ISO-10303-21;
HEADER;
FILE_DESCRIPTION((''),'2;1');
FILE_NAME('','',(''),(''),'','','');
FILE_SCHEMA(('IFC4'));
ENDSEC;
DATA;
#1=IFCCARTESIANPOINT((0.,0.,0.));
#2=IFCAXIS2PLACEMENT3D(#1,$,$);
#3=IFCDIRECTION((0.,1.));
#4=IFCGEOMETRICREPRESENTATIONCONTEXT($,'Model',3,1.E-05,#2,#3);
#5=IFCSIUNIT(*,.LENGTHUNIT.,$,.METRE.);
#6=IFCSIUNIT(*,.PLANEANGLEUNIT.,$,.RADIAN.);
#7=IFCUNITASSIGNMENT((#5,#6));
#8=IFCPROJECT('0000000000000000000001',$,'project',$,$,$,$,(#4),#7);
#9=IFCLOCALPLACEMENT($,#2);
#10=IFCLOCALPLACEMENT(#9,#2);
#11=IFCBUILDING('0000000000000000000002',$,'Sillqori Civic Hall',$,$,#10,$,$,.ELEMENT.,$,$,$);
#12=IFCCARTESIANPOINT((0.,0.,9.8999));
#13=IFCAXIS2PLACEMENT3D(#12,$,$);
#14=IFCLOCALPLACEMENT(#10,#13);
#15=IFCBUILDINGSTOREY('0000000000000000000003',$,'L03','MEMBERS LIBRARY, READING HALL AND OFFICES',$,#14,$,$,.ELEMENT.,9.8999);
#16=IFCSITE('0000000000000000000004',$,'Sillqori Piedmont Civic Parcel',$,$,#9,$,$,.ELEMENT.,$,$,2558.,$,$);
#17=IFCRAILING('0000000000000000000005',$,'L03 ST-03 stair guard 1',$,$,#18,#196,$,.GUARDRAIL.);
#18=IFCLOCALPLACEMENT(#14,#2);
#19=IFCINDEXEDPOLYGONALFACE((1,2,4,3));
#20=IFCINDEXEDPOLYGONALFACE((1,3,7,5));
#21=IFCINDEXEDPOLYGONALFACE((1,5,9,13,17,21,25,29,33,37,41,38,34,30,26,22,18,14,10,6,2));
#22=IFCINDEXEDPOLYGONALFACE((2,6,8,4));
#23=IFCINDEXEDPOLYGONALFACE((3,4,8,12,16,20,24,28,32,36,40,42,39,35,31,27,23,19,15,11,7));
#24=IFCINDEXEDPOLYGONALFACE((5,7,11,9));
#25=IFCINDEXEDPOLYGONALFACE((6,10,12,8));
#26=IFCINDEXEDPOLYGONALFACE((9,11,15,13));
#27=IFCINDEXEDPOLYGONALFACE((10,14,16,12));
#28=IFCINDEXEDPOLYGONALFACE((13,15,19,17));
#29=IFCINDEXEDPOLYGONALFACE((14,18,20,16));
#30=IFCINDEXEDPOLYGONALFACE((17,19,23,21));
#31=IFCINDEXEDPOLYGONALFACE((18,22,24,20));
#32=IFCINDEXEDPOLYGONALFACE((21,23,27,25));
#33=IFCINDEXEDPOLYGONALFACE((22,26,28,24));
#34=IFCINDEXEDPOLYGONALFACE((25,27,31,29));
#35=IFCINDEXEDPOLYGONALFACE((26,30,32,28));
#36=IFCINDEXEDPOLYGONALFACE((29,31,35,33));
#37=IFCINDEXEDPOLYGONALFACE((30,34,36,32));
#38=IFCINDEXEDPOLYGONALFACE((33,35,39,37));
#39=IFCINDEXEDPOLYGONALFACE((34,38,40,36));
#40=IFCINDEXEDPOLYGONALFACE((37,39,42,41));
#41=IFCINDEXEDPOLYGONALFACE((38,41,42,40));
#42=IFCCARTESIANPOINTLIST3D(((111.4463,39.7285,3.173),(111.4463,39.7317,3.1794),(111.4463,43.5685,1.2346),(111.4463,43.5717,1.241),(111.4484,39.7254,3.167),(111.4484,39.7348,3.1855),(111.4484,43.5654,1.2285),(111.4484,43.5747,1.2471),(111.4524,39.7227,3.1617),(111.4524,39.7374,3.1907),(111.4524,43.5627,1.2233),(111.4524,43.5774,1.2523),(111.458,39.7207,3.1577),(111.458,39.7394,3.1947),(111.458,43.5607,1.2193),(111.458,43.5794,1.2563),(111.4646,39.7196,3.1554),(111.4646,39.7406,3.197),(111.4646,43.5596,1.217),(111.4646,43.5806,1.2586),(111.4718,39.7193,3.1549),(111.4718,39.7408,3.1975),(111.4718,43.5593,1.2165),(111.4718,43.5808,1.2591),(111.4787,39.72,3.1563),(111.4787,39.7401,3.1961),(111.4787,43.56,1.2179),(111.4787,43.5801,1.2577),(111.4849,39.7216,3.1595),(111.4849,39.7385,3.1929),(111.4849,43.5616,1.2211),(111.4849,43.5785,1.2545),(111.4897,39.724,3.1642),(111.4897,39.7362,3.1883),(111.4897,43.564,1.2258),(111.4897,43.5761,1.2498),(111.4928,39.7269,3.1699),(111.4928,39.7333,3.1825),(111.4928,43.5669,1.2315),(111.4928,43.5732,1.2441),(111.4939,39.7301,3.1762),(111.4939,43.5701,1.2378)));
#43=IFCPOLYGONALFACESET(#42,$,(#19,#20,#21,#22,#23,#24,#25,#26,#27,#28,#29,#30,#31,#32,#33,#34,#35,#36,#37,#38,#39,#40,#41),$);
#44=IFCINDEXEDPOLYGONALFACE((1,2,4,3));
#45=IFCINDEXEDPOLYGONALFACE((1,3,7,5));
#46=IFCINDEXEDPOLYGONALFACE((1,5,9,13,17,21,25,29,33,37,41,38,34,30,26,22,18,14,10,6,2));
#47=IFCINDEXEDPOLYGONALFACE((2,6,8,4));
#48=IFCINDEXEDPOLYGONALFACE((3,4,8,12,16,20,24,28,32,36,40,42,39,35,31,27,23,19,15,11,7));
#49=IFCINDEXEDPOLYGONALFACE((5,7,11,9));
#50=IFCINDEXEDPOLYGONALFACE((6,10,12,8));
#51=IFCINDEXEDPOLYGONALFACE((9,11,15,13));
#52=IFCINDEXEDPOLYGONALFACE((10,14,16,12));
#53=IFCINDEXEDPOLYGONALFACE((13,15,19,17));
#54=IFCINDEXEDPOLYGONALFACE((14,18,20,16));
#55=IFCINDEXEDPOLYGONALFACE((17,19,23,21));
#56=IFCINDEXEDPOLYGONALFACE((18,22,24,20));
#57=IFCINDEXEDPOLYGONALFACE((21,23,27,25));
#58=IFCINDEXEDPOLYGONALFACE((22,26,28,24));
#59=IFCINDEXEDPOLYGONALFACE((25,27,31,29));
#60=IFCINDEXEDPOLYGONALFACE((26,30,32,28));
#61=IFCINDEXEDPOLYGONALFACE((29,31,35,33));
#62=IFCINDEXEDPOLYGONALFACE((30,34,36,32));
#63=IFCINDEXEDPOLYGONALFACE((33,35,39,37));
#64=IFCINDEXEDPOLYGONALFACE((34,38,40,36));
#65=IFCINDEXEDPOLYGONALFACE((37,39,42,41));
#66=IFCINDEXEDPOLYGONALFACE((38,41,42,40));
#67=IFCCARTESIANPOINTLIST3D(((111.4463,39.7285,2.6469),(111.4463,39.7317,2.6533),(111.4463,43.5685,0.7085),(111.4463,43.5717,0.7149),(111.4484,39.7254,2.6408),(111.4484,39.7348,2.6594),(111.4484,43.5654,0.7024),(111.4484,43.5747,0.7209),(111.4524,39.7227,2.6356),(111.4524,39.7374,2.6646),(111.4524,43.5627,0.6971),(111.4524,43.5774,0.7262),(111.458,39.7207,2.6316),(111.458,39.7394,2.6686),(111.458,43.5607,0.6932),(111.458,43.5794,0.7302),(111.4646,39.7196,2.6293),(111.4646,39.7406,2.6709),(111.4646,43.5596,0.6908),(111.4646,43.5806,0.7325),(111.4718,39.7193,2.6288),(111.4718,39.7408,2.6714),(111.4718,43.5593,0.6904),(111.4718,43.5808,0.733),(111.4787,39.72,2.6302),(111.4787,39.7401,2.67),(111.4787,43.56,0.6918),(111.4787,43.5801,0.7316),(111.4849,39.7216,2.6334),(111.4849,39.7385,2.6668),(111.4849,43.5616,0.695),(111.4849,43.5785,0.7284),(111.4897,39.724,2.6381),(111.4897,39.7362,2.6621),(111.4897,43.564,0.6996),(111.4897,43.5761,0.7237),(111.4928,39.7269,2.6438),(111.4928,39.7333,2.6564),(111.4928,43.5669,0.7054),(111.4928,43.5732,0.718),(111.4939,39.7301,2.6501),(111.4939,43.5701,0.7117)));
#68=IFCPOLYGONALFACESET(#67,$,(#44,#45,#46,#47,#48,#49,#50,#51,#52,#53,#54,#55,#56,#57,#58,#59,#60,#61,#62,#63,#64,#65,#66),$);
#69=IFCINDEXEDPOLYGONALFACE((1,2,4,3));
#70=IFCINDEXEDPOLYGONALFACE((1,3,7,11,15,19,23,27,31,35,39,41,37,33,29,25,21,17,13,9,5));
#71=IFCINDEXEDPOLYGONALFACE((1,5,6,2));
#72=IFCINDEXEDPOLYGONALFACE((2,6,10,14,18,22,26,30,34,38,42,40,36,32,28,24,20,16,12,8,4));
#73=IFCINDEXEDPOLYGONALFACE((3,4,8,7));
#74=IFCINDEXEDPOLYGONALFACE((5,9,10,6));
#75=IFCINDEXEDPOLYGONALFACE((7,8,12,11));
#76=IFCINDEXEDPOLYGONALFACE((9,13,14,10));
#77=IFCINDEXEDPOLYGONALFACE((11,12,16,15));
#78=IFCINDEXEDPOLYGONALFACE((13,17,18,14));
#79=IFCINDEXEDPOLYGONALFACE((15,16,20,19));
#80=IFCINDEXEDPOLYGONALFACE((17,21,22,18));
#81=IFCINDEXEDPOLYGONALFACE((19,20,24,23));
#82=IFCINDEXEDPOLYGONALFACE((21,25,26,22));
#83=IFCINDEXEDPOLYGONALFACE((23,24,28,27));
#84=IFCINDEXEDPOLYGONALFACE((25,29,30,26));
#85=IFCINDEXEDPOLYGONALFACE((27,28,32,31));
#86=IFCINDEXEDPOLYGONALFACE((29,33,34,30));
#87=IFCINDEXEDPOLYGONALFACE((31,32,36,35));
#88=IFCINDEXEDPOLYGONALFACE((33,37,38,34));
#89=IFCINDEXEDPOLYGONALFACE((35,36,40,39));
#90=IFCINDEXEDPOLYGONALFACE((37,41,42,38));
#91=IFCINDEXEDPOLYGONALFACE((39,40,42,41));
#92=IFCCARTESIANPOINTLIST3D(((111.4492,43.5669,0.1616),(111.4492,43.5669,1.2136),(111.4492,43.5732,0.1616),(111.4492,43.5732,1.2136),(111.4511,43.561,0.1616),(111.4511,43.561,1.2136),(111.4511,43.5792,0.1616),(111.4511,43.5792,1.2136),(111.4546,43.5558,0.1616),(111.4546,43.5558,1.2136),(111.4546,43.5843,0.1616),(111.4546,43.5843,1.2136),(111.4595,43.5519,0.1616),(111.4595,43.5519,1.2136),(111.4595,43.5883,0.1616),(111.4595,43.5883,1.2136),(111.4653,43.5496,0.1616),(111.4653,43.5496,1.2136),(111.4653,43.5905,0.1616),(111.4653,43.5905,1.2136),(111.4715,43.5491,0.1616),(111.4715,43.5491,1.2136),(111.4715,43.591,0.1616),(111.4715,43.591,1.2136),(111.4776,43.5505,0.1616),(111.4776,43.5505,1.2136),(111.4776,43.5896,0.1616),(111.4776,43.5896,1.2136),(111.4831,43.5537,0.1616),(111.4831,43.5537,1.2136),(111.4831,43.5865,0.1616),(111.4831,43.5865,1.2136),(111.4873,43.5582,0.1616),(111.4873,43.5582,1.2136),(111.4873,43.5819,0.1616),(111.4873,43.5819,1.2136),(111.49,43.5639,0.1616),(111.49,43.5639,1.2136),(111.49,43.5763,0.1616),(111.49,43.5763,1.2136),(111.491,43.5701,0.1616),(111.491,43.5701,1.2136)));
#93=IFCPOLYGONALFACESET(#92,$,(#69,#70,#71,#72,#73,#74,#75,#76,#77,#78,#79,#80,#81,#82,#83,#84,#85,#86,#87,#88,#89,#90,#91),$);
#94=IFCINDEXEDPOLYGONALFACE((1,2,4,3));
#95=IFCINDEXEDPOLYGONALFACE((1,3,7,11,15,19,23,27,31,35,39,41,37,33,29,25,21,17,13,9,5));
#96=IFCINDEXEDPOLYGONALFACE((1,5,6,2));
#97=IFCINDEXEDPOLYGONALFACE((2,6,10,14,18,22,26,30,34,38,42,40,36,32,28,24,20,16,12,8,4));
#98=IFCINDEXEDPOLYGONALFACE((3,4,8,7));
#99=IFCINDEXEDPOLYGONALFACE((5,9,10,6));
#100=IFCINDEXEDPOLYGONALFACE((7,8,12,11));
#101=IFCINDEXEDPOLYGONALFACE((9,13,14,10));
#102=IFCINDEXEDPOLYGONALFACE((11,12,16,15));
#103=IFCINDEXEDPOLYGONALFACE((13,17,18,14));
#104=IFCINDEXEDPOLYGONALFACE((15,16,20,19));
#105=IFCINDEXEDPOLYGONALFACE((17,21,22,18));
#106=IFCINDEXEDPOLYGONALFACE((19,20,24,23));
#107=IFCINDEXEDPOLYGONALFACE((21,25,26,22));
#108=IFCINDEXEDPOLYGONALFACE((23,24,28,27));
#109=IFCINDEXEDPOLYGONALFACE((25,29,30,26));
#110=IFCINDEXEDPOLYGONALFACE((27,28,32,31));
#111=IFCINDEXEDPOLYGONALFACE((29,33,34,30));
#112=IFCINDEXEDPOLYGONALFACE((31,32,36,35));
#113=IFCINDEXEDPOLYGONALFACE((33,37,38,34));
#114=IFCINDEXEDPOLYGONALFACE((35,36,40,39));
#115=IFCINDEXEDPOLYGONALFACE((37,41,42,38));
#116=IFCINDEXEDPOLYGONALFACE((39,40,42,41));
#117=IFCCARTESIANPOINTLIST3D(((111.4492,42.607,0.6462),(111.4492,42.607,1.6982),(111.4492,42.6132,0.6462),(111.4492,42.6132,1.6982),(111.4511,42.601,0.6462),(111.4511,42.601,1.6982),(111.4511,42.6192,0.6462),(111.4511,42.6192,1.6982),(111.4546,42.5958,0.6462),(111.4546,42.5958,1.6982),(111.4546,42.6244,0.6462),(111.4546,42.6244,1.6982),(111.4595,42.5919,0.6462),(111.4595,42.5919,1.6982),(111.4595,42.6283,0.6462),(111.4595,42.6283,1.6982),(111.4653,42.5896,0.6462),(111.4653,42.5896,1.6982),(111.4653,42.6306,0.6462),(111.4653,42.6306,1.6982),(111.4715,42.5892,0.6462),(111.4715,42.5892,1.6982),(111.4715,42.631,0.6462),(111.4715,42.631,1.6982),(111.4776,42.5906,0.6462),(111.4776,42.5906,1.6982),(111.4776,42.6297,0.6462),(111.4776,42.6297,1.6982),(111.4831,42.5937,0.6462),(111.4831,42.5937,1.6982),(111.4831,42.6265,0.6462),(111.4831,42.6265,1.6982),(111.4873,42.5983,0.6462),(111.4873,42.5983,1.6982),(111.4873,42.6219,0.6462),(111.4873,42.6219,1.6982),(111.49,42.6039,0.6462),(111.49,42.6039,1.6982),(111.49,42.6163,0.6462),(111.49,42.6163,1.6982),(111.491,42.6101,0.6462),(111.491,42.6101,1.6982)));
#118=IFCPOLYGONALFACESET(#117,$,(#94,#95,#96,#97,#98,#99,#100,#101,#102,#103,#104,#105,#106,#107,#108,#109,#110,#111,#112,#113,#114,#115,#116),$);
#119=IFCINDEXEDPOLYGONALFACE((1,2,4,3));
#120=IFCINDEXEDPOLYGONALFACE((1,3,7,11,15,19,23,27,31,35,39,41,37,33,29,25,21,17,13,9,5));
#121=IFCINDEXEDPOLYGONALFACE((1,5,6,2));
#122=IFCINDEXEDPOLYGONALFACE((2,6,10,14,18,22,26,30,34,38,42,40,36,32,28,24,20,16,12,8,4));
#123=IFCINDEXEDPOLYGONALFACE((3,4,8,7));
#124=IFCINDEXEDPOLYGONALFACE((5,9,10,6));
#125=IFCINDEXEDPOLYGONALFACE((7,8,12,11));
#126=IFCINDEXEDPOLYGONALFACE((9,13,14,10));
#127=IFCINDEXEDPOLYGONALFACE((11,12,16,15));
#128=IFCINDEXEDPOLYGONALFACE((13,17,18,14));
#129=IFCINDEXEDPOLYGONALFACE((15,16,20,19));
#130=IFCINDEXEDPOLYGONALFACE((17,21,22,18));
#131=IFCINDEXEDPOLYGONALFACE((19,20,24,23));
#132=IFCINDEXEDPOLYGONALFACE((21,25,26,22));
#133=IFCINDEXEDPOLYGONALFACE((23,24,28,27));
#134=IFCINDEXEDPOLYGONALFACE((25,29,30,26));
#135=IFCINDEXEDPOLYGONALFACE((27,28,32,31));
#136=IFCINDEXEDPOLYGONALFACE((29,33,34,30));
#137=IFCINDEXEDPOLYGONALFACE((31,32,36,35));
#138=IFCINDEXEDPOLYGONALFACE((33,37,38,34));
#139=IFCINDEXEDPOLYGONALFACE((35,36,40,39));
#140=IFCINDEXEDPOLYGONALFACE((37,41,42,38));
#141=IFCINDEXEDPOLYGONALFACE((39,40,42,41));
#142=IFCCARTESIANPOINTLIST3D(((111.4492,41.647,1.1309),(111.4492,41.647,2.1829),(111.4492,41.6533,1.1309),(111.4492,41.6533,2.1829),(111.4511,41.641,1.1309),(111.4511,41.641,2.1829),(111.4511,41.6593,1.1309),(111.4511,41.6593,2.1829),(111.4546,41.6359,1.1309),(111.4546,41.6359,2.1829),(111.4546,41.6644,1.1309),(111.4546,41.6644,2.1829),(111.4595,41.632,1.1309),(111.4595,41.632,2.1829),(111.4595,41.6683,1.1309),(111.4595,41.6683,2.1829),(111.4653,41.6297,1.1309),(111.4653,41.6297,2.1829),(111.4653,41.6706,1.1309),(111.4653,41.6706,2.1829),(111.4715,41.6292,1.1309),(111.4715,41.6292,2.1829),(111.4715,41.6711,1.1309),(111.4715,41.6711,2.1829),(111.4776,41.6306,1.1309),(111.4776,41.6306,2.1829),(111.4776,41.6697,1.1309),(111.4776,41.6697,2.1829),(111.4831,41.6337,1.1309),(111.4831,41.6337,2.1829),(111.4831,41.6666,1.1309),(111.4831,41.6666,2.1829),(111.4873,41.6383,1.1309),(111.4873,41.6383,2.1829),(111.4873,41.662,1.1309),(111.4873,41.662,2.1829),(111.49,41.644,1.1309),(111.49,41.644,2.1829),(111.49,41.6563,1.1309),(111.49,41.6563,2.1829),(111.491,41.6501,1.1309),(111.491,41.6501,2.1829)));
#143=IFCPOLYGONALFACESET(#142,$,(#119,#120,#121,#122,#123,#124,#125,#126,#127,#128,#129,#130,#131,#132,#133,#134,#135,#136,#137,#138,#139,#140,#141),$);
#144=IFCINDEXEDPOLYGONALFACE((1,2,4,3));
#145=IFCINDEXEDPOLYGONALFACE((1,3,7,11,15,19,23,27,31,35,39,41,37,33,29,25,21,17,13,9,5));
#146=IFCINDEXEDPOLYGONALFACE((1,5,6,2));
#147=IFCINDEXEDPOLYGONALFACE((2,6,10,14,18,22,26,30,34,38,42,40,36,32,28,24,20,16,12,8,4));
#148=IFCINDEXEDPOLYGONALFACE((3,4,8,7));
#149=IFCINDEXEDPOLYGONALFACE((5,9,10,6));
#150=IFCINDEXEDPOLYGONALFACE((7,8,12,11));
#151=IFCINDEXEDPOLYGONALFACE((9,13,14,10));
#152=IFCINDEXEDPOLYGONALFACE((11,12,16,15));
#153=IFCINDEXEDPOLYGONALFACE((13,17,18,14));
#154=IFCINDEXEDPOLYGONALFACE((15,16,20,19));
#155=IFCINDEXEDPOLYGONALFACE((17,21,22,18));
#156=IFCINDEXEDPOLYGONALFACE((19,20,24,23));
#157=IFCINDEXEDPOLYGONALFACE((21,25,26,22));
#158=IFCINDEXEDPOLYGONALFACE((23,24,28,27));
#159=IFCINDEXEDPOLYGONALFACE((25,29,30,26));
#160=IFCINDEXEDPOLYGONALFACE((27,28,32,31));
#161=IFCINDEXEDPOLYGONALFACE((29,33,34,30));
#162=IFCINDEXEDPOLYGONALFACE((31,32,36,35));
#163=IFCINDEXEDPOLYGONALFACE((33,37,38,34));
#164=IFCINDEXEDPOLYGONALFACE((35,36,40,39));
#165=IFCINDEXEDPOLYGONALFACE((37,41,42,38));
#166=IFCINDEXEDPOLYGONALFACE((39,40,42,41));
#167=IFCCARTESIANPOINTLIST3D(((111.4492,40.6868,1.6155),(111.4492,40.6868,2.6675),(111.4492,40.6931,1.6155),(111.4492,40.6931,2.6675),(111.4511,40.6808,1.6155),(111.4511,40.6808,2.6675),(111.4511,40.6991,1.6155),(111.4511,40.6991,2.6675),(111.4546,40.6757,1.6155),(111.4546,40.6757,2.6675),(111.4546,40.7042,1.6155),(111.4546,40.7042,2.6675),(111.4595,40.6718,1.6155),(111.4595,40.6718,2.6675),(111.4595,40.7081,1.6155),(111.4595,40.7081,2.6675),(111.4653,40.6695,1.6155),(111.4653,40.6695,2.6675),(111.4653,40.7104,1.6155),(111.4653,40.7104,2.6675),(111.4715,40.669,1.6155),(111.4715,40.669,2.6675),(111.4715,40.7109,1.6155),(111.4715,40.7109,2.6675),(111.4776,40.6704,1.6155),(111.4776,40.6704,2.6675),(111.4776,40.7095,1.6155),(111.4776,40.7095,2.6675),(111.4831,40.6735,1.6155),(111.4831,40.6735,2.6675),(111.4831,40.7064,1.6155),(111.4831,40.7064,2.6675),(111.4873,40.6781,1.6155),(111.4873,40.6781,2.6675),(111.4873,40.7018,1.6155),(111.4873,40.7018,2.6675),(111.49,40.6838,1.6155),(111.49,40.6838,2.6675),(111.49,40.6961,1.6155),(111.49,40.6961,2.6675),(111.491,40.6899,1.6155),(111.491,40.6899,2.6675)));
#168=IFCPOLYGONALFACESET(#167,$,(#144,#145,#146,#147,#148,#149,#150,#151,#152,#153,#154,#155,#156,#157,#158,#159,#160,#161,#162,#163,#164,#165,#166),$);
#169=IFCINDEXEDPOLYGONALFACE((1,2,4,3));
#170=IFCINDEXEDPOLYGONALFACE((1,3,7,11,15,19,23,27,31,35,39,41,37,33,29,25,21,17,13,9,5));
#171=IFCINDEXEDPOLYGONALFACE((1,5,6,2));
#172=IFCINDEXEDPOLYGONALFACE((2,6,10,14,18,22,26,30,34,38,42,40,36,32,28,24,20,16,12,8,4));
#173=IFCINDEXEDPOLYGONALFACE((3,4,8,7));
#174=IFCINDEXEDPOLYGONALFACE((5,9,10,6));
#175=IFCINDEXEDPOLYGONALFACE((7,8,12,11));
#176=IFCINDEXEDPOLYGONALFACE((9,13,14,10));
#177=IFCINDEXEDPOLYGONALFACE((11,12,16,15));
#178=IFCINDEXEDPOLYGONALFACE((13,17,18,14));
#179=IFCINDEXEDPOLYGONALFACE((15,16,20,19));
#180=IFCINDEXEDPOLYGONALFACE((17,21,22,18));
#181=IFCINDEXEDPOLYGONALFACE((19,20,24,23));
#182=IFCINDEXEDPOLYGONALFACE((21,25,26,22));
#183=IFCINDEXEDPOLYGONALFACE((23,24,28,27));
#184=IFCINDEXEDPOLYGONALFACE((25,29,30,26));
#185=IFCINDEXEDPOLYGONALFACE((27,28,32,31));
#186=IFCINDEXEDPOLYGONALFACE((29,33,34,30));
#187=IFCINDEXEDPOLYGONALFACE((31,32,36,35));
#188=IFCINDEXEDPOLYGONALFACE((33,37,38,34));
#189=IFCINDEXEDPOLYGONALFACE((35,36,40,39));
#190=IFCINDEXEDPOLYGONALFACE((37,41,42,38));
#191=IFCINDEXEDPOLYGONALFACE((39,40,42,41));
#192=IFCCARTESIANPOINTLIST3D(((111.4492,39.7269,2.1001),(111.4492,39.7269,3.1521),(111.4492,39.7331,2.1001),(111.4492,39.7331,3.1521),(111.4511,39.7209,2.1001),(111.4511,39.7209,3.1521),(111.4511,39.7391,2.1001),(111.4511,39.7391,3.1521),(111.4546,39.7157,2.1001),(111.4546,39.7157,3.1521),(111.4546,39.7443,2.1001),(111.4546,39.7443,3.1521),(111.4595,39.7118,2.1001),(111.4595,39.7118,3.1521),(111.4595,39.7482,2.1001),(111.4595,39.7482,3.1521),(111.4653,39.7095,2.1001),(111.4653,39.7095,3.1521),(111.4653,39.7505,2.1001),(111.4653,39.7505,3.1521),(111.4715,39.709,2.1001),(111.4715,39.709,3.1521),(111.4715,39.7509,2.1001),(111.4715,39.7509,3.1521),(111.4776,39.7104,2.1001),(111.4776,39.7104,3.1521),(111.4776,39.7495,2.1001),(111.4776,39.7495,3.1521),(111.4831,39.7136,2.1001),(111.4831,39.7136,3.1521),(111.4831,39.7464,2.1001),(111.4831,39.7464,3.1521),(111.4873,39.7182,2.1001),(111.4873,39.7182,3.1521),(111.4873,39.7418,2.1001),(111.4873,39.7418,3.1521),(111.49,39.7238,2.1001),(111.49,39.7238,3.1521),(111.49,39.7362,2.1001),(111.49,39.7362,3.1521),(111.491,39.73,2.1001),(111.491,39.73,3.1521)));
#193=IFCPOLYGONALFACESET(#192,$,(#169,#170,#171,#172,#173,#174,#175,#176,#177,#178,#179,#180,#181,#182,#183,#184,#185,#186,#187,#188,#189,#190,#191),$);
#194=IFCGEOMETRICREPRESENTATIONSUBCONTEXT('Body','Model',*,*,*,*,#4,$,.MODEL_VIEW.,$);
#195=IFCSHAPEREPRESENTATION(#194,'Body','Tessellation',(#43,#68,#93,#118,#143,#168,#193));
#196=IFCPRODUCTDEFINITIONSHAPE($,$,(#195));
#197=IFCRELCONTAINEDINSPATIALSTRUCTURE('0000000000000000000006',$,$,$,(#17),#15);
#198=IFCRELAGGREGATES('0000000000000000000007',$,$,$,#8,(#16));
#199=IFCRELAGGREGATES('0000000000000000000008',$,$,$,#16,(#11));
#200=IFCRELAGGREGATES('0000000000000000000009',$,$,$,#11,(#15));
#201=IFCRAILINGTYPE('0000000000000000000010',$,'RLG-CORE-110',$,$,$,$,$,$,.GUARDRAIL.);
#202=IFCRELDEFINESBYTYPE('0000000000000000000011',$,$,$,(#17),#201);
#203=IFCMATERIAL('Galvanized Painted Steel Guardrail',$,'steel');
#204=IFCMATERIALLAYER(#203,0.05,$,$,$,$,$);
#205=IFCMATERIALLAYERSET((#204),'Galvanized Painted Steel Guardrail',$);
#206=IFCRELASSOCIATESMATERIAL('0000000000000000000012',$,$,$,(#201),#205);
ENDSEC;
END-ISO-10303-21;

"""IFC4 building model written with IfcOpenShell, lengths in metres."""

from ifc_helpers import new_model, si_unit, direction, frame, origin, origin_2d, place, context, subcontext, project, spatial, circle, extrude, material, layer, layer_set, type_object, element, save


model = new_model("IFC4")

# Units and contexts
model_context = context("Model", 3, precision=1e-05, world=origin(), true_north=direction((0.0, 1.0)))
body_context = subcontext(model_context, "Body", "Model", "MODEL_VIEW")
ifc_project = project(units=[si_unit("LENGTHUNIT", "METRE"), si_unit("PLANEANGLEUNIT", "RADIAN")], contexts=[model_context])

# Site, building, storey
site_placement = place(None, origin())
site = spatial("IfcSite", under=ifc_project, at=site_placement, Name="Sillqori Piedmont Civic Parcel", CompositionType="ELEMENT", RefElevation=2558.0)
building_placement = place(site_placement, origin())
building = spatial("IfcBuilding", under=site, at=building_placement, Name="Sillqori Civic Hall", CompositionType="ELEMENT")
storey_placement = place(building_placement, frame((0.0, 0.0, 9.8999)))
storey = spatial("IfcBuildingStorey", under=building, at=storey_placement, Name="L03", Description="MEMBERS LIBRARY, READING HALL AND OFFICES", CompositionType="ELEMENT", Elevation=9.8999)

# Railing
ifc_material_1 = material(Name="Galvanized Painted Steel Guardrail", Category="steel")
ifc_layer_1 = layer(ifc_material_1, 0.05)
ifc_layer_set_1 = layer_set([ifc_layer_1], Name="Galvanized Painted Steel Guardrail")
railing_type_1 = type_object("IfcRailingType", Name="RLG-CORE-110", PredefinedType="GUARDRAIL", material=ifc_layer_set_1)
railing_1_placement = place(storey_placement, frame((111.47, 43.5701, 0.1616)))
element("IfcRailing", 1, at=railing_1_placement, inside=storey, type_object=railing_type_1, Name="L03 ST-03 stair guard 1", PredefinedType="GUARDRAIL", context=body_context, shape_type="SweptSolid", body=[
    extrude(circle(Radius=0.0239, at=origin_2d()), frame((0.0, 0.0, 1.0762), z_axis=(0.0, -0.892707, 0.450638), x_axis=(1.0, 0.0, 0.0)), (0.0, 0.0, 1.0), 4.3015),
    extrude(circle(Radius=0.0239, at=origin_2d()), frame((0.0, 0.0, 0.55), z_axis=(0.0, -0.892707, 0.450638), x_axis=(1.0, 0.0, 0.0)), (0.0, 0.0, 1.0), 4.3015),
    extrude(circle(Radius=0.021, at=origin_2d()), origin(), (0.0, 0.0, 1.0), 1.052),
    extrude(circle(Radius=0.021, at=origin_2d()), frame((0.0, -0.96, 0.4846)), (0.0, 0.0, 1.0), 1.052),
    extrude(circle(Radius=0.021, at=origin_2d()), frame((0.0, -1.9199, 0.9692)), (0.0, 0.0, 1.0), 1.052),
    extrude(circle(Radius=0.021, at=origin_2d()), frame((0.0, -2.8801, 1.4539)), (0.0, 0.0, 1.0), 1.052),
    extrude(circle(Radius=0.021, at=origin_2d()), frame((0.0, -3.8401, 1.9385)), (0.0, 0.0, 1.0), 1.052),
])

save(model, "model.ifc")
